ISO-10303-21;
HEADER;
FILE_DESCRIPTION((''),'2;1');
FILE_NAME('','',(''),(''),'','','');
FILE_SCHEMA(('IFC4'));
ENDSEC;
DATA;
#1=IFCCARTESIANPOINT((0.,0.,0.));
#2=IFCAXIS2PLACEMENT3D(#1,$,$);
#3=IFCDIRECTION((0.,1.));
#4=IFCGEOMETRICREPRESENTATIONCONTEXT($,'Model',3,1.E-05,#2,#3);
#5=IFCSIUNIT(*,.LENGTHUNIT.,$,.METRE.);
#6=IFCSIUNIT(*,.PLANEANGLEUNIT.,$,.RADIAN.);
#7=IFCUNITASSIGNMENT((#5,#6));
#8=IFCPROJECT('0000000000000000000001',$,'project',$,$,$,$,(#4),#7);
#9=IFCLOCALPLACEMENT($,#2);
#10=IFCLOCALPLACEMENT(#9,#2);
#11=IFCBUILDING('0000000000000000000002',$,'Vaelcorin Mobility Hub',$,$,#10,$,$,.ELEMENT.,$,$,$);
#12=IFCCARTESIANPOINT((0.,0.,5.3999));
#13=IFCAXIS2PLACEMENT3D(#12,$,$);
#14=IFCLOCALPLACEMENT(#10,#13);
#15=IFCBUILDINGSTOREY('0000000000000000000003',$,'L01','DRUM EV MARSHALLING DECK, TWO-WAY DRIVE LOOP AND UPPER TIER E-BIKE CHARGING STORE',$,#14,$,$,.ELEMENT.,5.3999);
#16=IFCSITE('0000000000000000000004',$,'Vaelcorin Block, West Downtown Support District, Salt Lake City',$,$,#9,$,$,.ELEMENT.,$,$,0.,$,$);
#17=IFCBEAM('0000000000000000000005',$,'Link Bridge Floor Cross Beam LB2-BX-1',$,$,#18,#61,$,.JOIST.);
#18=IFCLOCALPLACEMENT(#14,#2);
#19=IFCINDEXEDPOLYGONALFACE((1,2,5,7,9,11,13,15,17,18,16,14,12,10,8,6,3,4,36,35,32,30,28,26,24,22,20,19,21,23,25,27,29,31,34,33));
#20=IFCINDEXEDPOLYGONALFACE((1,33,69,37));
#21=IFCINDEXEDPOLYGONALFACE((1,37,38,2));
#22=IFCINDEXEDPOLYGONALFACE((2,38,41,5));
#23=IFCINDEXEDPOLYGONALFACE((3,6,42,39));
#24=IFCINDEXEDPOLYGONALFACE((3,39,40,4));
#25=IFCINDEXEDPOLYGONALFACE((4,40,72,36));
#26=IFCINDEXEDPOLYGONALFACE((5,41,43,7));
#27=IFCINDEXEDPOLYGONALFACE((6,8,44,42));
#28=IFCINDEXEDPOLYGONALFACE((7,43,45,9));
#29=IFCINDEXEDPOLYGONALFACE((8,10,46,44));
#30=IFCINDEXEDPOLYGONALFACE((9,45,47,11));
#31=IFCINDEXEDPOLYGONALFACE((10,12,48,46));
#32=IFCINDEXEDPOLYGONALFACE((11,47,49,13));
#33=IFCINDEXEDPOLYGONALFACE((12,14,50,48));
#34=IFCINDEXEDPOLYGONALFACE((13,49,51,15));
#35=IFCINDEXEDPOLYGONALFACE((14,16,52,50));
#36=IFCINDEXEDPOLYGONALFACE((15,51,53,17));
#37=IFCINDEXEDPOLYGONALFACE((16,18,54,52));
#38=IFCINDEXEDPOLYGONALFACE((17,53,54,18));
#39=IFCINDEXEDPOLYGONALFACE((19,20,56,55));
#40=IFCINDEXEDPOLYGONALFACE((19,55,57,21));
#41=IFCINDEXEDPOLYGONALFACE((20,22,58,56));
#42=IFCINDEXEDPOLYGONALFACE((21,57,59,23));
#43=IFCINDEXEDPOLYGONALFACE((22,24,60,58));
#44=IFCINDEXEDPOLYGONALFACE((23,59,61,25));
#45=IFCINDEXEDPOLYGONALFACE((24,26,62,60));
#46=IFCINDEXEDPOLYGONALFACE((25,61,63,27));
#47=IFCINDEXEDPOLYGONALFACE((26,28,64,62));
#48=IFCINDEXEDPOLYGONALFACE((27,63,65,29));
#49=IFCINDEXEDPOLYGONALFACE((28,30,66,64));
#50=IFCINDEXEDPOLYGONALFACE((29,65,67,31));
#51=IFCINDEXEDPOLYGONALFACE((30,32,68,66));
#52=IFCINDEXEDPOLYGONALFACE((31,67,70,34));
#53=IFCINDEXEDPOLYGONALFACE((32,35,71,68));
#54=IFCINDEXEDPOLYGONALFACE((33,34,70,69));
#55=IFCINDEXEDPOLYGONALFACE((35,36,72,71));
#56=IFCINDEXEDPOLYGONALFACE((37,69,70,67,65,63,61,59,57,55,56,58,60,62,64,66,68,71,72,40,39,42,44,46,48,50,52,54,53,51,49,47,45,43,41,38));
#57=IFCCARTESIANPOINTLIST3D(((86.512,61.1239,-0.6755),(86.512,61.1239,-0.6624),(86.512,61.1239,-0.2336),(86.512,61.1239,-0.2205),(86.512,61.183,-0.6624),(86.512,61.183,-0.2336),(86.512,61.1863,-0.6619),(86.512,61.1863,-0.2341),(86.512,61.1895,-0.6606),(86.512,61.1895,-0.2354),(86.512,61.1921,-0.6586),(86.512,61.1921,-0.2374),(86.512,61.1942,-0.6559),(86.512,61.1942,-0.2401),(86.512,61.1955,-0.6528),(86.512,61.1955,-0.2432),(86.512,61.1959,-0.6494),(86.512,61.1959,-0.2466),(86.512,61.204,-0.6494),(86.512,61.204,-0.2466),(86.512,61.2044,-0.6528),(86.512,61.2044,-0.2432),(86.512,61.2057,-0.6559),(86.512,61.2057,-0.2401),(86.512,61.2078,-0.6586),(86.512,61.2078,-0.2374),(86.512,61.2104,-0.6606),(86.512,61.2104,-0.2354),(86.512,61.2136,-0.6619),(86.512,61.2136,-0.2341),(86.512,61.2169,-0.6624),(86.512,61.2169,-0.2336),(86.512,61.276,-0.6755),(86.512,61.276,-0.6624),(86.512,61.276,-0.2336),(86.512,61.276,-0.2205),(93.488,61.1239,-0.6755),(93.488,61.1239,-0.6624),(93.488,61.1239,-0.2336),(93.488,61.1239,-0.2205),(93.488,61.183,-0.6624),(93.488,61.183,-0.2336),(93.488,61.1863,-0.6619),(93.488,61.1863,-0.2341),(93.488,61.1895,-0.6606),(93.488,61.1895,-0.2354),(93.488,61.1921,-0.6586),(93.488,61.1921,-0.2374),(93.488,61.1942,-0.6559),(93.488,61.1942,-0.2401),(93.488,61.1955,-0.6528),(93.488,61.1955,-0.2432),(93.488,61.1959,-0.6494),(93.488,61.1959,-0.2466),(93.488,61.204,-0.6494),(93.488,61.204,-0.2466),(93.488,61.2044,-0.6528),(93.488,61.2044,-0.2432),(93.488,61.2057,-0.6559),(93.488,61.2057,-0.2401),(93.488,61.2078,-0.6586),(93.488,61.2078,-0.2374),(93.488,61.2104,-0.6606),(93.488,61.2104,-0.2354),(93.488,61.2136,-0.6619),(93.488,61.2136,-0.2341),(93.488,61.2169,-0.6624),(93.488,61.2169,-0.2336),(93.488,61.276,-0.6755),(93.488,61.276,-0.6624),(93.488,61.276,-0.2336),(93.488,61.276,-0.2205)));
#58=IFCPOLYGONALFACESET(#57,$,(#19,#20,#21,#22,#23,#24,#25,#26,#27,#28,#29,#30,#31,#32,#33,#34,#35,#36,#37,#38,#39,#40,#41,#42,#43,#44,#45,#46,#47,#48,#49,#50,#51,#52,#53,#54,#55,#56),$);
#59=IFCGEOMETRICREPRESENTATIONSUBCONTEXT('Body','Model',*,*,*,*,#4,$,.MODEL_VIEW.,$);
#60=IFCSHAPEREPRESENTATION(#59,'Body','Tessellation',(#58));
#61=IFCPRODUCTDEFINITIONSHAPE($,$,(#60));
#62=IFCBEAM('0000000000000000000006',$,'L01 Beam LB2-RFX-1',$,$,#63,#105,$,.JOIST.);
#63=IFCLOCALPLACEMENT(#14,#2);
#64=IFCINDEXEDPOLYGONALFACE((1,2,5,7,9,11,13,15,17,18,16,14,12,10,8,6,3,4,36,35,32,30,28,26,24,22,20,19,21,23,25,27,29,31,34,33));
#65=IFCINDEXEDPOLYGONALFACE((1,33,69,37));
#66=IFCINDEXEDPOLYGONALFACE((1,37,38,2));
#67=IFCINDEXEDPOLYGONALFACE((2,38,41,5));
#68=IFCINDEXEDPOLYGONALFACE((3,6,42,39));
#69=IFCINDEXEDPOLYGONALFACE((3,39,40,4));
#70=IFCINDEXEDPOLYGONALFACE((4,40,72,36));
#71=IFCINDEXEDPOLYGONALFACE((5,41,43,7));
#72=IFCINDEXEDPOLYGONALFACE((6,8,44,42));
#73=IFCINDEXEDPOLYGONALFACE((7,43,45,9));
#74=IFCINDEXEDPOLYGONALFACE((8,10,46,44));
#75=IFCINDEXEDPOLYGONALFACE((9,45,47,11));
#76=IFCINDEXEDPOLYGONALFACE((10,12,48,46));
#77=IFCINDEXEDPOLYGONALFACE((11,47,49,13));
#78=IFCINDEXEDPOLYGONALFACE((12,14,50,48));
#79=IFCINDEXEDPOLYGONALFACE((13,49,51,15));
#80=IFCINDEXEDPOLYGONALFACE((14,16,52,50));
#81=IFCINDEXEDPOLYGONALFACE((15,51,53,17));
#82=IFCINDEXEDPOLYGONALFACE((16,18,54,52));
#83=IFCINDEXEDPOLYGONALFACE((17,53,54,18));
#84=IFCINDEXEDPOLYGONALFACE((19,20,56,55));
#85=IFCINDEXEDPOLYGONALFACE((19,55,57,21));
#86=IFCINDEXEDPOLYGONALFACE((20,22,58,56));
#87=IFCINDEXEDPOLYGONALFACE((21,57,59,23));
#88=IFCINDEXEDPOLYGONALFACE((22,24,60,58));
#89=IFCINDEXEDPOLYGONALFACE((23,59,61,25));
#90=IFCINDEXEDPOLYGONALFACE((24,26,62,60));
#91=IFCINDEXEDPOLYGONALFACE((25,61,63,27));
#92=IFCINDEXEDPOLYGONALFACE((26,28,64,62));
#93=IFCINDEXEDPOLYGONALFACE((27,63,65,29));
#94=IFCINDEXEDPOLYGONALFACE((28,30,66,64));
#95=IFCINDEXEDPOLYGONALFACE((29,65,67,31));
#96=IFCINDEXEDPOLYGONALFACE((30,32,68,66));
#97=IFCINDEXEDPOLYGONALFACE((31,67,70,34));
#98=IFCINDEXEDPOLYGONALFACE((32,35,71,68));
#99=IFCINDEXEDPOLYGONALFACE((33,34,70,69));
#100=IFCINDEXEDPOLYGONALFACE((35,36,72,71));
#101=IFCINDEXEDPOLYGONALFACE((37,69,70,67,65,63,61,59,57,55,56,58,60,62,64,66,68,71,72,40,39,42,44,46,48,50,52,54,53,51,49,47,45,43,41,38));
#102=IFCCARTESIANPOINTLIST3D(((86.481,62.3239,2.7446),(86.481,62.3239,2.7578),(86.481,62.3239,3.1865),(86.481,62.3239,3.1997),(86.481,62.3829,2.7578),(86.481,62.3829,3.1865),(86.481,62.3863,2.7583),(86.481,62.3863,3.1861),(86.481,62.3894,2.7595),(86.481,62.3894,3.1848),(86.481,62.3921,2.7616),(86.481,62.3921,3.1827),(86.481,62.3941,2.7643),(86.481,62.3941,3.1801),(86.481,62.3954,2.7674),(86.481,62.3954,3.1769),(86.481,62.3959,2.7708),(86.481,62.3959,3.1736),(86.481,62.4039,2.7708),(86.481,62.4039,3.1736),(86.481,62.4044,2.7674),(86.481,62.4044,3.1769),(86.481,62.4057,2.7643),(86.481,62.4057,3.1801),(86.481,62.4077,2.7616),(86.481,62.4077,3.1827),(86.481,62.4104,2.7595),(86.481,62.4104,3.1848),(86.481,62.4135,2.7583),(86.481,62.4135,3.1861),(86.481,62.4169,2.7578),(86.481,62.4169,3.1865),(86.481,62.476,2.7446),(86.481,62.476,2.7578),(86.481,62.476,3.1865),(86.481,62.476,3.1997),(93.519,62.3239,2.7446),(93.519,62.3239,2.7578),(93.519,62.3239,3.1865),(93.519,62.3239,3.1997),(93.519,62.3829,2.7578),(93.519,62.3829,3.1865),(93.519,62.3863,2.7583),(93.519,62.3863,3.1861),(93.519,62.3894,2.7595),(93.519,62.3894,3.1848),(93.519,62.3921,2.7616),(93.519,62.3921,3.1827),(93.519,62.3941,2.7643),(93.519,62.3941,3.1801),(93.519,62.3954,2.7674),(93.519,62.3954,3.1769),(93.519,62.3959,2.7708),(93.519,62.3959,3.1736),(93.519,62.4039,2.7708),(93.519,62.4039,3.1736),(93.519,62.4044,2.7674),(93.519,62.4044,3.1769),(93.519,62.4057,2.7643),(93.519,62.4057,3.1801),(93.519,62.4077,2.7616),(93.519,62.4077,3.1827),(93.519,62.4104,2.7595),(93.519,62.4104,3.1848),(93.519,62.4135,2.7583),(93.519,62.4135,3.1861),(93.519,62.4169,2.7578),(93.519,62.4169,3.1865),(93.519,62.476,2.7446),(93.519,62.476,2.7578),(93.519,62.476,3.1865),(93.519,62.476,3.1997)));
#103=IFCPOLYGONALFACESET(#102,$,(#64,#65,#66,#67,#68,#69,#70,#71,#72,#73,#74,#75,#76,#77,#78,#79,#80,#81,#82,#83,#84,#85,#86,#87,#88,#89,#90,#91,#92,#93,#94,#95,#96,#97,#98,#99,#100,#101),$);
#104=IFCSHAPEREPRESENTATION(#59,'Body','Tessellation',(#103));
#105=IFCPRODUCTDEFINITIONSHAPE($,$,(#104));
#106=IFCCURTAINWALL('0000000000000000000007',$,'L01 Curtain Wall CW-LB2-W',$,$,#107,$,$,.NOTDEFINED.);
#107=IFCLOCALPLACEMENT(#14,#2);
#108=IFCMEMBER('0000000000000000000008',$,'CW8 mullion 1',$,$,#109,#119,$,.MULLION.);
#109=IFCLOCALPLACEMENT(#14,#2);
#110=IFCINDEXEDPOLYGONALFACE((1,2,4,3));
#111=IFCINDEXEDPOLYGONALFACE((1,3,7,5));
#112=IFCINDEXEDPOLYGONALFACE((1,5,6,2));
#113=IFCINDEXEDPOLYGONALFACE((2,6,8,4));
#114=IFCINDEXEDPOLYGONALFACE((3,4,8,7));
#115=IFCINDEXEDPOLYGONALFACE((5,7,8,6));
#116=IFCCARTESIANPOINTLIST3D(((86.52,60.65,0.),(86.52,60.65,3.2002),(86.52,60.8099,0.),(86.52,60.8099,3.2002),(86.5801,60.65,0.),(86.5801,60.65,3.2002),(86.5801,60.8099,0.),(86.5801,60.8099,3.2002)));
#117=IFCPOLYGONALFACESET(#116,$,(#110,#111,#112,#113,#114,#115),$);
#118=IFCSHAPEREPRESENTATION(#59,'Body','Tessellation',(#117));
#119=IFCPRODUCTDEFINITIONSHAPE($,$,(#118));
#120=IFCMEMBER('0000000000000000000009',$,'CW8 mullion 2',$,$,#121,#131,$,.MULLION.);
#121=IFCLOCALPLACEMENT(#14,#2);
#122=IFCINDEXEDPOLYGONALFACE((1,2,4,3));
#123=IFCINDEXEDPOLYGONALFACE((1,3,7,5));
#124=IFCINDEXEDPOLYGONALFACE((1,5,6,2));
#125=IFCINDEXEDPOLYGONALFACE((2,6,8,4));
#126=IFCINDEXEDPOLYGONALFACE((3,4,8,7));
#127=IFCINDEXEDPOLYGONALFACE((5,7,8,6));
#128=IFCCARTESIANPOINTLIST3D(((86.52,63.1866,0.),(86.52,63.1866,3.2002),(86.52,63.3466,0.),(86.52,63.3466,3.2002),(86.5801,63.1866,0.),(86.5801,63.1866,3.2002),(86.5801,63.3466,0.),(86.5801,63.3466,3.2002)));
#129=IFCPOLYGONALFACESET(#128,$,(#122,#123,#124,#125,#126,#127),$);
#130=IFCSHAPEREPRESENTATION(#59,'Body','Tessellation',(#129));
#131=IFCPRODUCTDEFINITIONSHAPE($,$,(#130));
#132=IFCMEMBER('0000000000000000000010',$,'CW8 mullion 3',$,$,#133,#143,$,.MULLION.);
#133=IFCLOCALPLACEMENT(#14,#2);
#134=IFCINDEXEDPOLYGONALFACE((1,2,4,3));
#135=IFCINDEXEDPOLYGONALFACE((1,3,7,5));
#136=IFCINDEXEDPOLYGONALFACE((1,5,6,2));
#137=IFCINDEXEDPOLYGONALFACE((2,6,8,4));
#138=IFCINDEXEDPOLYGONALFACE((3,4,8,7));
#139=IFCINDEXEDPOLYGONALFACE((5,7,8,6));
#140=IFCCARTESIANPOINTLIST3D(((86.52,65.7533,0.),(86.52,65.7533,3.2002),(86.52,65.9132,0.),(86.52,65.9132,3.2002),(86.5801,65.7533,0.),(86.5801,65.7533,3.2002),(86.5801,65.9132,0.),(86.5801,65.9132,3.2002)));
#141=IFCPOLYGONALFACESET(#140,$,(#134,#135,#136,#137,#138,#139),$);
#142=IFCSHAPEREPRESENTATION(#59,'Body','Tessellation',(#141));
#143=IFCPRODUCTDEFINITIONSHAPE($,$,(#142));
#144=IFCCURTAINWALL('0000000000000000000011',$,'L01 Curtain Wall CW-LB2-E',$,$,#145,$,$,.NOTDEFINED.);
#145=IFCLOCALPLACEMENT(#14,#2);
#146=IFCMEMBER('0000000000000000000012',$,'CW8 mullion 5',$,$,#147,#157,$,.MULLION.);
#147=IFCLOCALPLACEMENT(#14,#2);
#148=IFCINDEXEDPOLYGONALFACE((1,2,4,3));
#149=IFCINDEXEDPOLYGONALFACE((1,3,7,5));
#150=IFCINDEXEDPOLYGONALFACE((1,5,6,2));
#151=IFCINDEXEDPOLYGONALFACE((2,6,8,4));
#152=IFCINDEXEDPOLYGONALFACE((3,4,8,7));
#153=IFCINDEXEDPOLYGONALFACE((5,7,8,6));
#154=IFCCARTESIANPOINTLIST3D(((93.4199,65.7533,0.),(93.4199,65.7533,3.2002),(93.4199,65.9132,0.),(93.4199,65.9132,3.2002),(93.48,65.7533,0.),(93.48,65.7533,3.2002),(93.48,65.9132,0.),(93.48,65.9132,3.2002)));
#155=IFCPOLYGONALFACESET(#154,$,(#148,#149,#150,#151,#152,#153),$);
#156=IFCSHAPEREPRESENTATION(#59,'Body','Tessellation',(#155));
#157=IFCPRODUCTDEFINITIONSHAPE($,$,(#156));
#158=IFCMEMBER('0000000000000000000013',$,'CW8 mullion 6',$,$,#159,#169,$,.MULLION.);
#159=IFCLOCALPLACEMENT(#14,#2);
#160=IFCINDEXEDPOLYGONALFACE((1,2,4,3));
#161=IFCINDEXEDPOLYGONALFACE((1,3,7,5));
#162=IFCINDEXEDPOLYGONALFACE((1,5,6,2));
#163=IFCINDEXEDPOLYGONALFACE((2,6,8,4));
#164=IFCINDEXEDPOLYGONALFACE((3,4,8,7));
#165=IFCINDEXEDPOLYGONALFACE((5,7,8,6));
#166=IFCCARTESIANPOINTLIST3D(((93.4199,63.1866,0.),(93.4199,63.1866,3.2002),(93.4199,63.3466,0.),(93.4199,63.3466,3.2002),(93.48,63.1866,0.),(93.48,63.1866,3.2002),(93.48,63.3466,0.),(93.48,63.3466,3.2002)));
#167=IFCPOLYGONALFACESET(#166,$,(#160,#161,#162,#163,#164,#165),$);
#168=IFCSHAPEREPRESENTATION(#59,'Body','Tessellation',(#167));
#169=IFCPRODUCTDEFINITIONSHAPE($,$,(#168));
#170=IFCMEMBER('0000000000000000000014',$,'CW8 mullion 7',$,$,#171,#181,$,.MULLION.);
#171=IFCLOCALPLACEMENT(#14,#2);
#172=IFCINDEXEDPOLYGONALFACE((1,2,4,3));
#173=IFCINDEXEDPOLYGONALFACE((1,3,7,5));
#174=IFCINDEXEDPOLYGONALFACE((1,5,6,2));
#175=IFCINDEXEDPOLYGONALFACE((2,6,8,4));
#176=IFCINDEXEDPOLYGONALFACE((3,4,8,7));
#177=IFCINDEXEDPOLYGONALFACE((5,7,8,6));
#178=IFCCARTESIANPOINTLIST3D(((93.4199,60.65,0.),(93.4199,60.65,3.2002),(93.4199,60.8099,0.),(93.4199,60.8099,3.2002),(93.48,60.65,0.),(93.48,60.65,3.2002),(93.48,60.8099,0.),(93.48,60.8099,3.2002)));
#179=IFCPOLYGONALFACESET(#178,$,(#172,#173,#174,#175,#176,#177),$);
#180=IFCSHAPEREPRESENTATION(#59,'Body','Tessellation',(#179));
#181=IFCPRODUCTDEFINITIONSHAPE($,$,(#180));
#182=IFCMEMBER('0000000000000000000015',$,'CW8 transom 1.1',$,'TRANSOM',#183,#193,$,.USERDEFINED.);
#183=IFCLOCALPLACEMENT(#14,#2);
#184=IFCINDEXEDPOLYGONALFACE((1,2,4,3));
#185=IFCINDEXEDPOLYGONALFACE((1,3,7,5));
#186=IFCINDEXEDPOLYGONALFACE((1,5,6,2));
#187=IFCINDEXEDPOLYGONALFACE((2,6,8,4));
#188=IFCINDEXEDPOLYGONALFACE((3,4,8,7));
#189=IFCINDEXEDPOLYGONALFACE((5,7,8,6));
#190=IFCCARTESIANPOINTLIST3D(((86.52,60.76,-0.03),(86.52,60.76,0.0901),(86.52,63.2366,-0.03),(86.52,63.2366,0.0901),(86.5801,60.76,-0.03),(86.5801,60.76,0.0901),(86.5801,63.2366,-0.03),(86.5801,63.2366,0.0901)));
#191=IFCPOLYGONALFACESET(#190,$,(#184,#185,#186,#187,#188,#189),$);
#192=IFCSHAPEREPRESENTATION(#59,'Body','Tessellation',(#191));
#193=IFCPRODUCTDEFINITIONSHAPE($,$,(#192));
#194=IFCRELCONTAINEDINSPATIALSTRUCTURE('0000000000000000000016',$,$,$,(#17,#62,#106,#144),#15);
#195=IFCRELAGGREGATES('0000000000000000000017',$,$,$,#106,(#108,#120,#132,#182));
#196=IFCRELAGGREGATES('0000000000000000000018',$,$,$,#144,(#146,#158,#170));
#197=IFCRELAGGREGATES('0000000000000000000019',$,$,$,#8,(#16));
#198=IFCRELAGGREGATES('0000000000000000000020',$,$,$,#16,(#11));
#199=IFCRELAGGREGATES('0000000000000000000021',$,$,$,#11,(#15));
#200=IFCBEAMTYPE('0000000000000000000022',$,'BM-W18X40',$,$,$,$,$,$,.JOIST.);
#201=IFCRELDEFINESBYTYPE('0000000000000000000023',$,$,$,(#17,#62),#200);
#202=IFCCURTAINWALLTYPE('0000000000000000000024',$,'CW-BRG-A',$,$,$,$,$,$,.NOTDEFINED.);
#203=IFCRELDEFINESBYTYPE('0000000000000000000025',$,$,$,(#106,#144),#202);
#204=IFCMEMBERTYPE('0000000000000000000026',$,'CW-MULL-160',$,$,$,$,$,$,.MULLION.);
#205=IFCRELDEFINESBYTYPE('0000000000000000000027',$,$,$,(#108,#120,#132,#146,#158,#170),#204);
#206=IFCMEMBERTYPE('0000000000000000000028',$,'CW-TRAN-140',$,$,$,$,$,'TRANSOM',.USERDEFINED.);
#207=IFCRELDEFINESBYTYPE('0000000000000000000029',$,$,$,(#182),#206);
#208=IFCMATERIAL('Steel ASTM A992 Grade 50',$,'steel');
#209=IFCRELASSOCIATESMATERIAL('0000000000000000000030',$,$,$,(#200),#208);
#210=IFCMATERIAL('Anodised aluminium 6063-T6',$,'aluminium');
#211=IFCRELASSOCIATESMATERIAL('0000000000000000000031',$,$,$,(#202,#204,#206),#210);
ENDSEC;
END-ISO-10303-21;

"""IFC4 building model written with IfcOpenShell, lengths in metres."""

from ifc_helpers import new_model, si_unit, direction, frame, origin, origin_2d, place, context, subcontext, project, spatial, rectangle, i_section, extrude, material, material_profile, profile_set, type_object, element, aggregate, save


model = new_model("IFC4")

# Units and contexts
model_context = context("Model", 3, precision=1e-05, world=origin(), true_north=direction((0.0, 1.0)))
body_context = subcontext(model_context, "Body", "Model", "MODEL_VIEW")
ifc_project = project(units=[si_unit("LENGTHUNIT", "METRE"), si_unit("PLANEANGLEUNIT", "RADIAN")], contexts=[model_context])

# Site, building, storey
site_placement = place(None, origin())
site = spatial("IfcSite", under=ifc_project, at=site_placement, Name="Vaelcorin Block, West Downtown Support District, Salt Lake City", CompositionType="ELEMENT", RefElevation=0.0)
building_placement = place(site_placement, origin())
building = spatial("IfcBuilding", under=site, at=building_placement, Name="Vaelcorin Mobility Hub", CompositionType="ELEMENT")
storey_placement = place(building_placement, frame((0.0, 0.0, 5.3999)))
storey = spatial("IfcBuildingStorey", under=building, at=storey_placement, Name="L01", Description="DRUM EV MARSHALLING DECK, TWO-WAY DRIVE LOOP AND UPPER TIER E-BIKE CHARGING STORE", CompositionType="ELEMENT", Elevation=5.3999)

# Beams
ifc_material_1 = material(Name="Steel ASTM A992 Grade 50", Category="steel")
ifc_material_profile_1 = material_profile(ifc_material_1, i_section(OverallWidth=0.1521, OverallDepth=0.4551, WebThickness=0.0081, FlangeThickness=0.0132, FilletRadius=0.0129, at=origin_2d()), Name="W18X40")
ifc_profile_set_1 = profile_set([ifc_material_profile_1], Name="Steel ASTM A992 Grade 50")
beam_type = type_object("IfcBeamType", Name="BM-W18X40", PredefinedType="JOIST", material=ifc_profile_set_1)
beam_1_placement = place(storey_placement, frame((86.512, 61.2, -0.448), z_axis=(1.0, 0.0, 0.0), x_axis=(0.0, 1.0, 0.0)))
element("IfcBeam", 1, at=beam_1_placement, inside=storey, type_object=beam_type, Name="Link Bridge Floor Cross Beam LB2-BX-1", PredefinedType="JOIST", context=body_context, shape_type="SweptSolid", body=[
    extrude(i_section(OverallWidth=0.1521, OverallDepth=0.4551, WebThickness=0.0081, FlangeThickness=0.0132, FilletRadius=0.0129, at=origin_2d()), origin(), (0.0, 0.0, 1.0), 6.9761),
])
beam_2_placement = place(storey_placement, frame((86.481, 62.3999, 2.9722), z_axis=(1.0, 0.0, 0.0), x_axis=(0.0, 1.0, 0.0)))
element("IfcBeam", 2, at=beam_2_placement, inside=storey, type_object=beam_type, Name="L01 Beam LB2-RFX-1", PredefinedType="JOIST", context=body_context, shape_type="SweptSolid", body=[
    extrude(i_section(OverallWidth=0.1521, OverallDepth=0.4551, WebThickness=0.0081, FlangeThickness=0.0132, FilletRadius=0.0129, at=origin_2d()), origin(), (0.0, 0.0, 1.0), 7.0381),
])

# Curtain walls, members
ifc_material_2 = material(Name="Anodised aluminium 6063-T6", Category="aluminium")
curtain_wall_type = type_object("IfcCurtainWallType", Name="CW-BRG-A", PredefinedType="NOTDEFINED", material=ifc_material_2)
curtain_wall_1_placement = place(storey_placement, origin())
curtain_wall_1 = element("IfcCurtainWall", 3, at=curtain_wall_1_placement, inside=storey, type_object=curtain_wall_type, Name="L01 Curtain Wall CW-LB2-W", PredefinedType="NOTDEFINED")
ifc_material_profile_2 = material_profile(ifc_material_2, rectangle(XDim=0.0601, YDim=0.1599, at=origin_2d()), Name="ALU-M60X160")
ifc_profile_set_2 = profile_set([ifc_material_profile_2], Name="Anodised aluminium 6063-T6")
member_type_1 = type_object("IfcMemberType", Name="CW-MULL-160", PredefinedType="MULLION", material=ifc_profile_set_2)
member_1_placement = place(storey_placement, frame((86.55, 60.73, 0.0), z_axis=(0.0, 0.0, 1.0), x_axis=(-1.0, 0.0, 0.0)))
member_1 = element("IfcMember", 4, at=member_1_placement, type_object=member_type_1, Name="CW8 mullion 1", PredefinedType="MULLION", context=body_context, shape_type="SweptSolid", body=[
    extrude(rectangle(XDim=0.0601, YDim=0.1599, at=origin_2d()), origin(), (0.0, 0.0, 1.0), 3.2002),
])
member_2_placement = place(storey_placement, frame((86.55, 63.2666, 0.0), z_axis=(0.0, 0.0, 1.0), x_axis=(-1.0, 0.0, 0.0)))
member_2 = element("IfcMember", 5, at=member_2_placement, type_object=member_type_1, Name="CW8 mullion 2", PredefinedType="MULLION", context=body_context, shape_type="SweptSolid", body=[
    extrude(rectangle(XDim=0.0601, YDim=0.1599, at=origin_2d()), origin(), (0.0, 0.0, 1.0), 3.2002),
])
member_3_placement = place(storey_placement, frame((86.55, 65.8333, 0.0), z_axis=(0.0, 0.0, 1.0), x_axis=(-1.0, 0.0, 0.0)))
member_3 = element("IfcMember", 6, at=member_3_placement, type_object=member_type_1, Name="CW8 mullion 3", PredefinedType="MULLION", context=body_context, shape_type="SweptSolid", body=[
    extrude(rectangle(XDim=0.0601, YDim=0.1599, at=origin_2d()), origin(), (0.0, 0.0, 1.0), 3.2002),
])
curtain_wall_2_placement = place(storey_placement, origin())
curtain_wall_2 = element("IfcCurtainWall", 7, at=curtain_wall_2_placement, inside=storey, type_object=curtain_wall_type, Name="L01 Curtain Wall CW-LB2-E", PredefinedType="NOTDEFINED")
member_4_placement = place(storey_placement, frame((93.45, 65.8333, 0.0), z_axis=(0.0, 0.0, 1.0), x_axis=(1.0, 0.0, 0.0)))
member_4 = element("IfcMember", 8, at=member_4_placement, type_object=member_type_1, Name="CW8 mullion 5", PredefinedType="MULLION", context=body_context, shape_type="SweptSolid", body=[
    extrude(rectangle(XDim=0.0601, YDim=0.1599, at=origin_2d()), origin(), (0.0, 0.0, 1.0), 3.2002),
])
member_5_placement = place(storey_placement, frame((93.45, 63.2666, 0.0), z_axis=(0.0, 0.0, 1.0), x_axis=(1.0, 0.0, 0.0)))
member_5 = element("IfcMember", 9, at=member_5_placement, type_object=member_type_1, Name="CW8 mullion 6", PredefinedType="MULLION", context=body_context, shape_type="SweptSolid", body=[
    extrude(rectangle(XDim=0.0601, YDim=0.1599, at=origin_2d()), origin(), (0.0, 0.0, 1.0), 3.2002),
])
member_6_placement = place(storey_placement, frame((93.45, 60.73, 0.0), z_axis=(0.0, 0.0, 1.0), x_axis=(1.0, 0.0, 0.0)))
member_6 = element("IfcMember", 10, at=member_6_placement, type_object=member_type_1, Name="CW8 mullion 7", PredefinedType="MULLION", context=body_context, shape_type="SweptSolid", body=[
    extrude(rectangle(XDim=0.0601, YDim=0.1599, at=origin_2d()), origin(), (0.0, 0.0, 1.0), 3.2002),
])

# Member
ifc_material_profile_3 = material_profile(ifc_material_2, rectangle(XDim=0.0601, YDim=0.1201, at=origin_2d()), Name="ALU-T60X120")
ifc_profile_set_3 = profile_set([ifc_material_profile_3], Name="Anodised aluminium 6063-T6")
member_type_2 = type_object("IfcMemberType", Name="CW-TRAN-140", ElementType="TRANSOM", PredefinedType="USERDEFINED", material=ifc_profile_set_3)
member_7_placement = place(storey_placement, frame((86.55, 60.76, 0.03), z_axis=(0.0, 1.0, 0.0), x_axis=(-1.0, 0.0, 0.0)))
member_7 = element("IfcMember", 11, at=member_7_placement, type_object=member_type_2, Name="CW8 transom 1.1", ObjectType="TRANSOM", PredefinedType="USERDEFINED", context=body_context, shape_type="SweptSolid", body=[
    extrude(rectangle(XDim=0.0601, YDim=0.1201, at=origin_2d()), origin(), (0.0, 0.0, 1.0), 2.4766),
])

aggregate(curtain_wall_1, [member_1, member_2, member_3, member_7])
aggregate(curtain_wall_2, [member_4, member_5, member_6])

save(model, "model.ifc")
